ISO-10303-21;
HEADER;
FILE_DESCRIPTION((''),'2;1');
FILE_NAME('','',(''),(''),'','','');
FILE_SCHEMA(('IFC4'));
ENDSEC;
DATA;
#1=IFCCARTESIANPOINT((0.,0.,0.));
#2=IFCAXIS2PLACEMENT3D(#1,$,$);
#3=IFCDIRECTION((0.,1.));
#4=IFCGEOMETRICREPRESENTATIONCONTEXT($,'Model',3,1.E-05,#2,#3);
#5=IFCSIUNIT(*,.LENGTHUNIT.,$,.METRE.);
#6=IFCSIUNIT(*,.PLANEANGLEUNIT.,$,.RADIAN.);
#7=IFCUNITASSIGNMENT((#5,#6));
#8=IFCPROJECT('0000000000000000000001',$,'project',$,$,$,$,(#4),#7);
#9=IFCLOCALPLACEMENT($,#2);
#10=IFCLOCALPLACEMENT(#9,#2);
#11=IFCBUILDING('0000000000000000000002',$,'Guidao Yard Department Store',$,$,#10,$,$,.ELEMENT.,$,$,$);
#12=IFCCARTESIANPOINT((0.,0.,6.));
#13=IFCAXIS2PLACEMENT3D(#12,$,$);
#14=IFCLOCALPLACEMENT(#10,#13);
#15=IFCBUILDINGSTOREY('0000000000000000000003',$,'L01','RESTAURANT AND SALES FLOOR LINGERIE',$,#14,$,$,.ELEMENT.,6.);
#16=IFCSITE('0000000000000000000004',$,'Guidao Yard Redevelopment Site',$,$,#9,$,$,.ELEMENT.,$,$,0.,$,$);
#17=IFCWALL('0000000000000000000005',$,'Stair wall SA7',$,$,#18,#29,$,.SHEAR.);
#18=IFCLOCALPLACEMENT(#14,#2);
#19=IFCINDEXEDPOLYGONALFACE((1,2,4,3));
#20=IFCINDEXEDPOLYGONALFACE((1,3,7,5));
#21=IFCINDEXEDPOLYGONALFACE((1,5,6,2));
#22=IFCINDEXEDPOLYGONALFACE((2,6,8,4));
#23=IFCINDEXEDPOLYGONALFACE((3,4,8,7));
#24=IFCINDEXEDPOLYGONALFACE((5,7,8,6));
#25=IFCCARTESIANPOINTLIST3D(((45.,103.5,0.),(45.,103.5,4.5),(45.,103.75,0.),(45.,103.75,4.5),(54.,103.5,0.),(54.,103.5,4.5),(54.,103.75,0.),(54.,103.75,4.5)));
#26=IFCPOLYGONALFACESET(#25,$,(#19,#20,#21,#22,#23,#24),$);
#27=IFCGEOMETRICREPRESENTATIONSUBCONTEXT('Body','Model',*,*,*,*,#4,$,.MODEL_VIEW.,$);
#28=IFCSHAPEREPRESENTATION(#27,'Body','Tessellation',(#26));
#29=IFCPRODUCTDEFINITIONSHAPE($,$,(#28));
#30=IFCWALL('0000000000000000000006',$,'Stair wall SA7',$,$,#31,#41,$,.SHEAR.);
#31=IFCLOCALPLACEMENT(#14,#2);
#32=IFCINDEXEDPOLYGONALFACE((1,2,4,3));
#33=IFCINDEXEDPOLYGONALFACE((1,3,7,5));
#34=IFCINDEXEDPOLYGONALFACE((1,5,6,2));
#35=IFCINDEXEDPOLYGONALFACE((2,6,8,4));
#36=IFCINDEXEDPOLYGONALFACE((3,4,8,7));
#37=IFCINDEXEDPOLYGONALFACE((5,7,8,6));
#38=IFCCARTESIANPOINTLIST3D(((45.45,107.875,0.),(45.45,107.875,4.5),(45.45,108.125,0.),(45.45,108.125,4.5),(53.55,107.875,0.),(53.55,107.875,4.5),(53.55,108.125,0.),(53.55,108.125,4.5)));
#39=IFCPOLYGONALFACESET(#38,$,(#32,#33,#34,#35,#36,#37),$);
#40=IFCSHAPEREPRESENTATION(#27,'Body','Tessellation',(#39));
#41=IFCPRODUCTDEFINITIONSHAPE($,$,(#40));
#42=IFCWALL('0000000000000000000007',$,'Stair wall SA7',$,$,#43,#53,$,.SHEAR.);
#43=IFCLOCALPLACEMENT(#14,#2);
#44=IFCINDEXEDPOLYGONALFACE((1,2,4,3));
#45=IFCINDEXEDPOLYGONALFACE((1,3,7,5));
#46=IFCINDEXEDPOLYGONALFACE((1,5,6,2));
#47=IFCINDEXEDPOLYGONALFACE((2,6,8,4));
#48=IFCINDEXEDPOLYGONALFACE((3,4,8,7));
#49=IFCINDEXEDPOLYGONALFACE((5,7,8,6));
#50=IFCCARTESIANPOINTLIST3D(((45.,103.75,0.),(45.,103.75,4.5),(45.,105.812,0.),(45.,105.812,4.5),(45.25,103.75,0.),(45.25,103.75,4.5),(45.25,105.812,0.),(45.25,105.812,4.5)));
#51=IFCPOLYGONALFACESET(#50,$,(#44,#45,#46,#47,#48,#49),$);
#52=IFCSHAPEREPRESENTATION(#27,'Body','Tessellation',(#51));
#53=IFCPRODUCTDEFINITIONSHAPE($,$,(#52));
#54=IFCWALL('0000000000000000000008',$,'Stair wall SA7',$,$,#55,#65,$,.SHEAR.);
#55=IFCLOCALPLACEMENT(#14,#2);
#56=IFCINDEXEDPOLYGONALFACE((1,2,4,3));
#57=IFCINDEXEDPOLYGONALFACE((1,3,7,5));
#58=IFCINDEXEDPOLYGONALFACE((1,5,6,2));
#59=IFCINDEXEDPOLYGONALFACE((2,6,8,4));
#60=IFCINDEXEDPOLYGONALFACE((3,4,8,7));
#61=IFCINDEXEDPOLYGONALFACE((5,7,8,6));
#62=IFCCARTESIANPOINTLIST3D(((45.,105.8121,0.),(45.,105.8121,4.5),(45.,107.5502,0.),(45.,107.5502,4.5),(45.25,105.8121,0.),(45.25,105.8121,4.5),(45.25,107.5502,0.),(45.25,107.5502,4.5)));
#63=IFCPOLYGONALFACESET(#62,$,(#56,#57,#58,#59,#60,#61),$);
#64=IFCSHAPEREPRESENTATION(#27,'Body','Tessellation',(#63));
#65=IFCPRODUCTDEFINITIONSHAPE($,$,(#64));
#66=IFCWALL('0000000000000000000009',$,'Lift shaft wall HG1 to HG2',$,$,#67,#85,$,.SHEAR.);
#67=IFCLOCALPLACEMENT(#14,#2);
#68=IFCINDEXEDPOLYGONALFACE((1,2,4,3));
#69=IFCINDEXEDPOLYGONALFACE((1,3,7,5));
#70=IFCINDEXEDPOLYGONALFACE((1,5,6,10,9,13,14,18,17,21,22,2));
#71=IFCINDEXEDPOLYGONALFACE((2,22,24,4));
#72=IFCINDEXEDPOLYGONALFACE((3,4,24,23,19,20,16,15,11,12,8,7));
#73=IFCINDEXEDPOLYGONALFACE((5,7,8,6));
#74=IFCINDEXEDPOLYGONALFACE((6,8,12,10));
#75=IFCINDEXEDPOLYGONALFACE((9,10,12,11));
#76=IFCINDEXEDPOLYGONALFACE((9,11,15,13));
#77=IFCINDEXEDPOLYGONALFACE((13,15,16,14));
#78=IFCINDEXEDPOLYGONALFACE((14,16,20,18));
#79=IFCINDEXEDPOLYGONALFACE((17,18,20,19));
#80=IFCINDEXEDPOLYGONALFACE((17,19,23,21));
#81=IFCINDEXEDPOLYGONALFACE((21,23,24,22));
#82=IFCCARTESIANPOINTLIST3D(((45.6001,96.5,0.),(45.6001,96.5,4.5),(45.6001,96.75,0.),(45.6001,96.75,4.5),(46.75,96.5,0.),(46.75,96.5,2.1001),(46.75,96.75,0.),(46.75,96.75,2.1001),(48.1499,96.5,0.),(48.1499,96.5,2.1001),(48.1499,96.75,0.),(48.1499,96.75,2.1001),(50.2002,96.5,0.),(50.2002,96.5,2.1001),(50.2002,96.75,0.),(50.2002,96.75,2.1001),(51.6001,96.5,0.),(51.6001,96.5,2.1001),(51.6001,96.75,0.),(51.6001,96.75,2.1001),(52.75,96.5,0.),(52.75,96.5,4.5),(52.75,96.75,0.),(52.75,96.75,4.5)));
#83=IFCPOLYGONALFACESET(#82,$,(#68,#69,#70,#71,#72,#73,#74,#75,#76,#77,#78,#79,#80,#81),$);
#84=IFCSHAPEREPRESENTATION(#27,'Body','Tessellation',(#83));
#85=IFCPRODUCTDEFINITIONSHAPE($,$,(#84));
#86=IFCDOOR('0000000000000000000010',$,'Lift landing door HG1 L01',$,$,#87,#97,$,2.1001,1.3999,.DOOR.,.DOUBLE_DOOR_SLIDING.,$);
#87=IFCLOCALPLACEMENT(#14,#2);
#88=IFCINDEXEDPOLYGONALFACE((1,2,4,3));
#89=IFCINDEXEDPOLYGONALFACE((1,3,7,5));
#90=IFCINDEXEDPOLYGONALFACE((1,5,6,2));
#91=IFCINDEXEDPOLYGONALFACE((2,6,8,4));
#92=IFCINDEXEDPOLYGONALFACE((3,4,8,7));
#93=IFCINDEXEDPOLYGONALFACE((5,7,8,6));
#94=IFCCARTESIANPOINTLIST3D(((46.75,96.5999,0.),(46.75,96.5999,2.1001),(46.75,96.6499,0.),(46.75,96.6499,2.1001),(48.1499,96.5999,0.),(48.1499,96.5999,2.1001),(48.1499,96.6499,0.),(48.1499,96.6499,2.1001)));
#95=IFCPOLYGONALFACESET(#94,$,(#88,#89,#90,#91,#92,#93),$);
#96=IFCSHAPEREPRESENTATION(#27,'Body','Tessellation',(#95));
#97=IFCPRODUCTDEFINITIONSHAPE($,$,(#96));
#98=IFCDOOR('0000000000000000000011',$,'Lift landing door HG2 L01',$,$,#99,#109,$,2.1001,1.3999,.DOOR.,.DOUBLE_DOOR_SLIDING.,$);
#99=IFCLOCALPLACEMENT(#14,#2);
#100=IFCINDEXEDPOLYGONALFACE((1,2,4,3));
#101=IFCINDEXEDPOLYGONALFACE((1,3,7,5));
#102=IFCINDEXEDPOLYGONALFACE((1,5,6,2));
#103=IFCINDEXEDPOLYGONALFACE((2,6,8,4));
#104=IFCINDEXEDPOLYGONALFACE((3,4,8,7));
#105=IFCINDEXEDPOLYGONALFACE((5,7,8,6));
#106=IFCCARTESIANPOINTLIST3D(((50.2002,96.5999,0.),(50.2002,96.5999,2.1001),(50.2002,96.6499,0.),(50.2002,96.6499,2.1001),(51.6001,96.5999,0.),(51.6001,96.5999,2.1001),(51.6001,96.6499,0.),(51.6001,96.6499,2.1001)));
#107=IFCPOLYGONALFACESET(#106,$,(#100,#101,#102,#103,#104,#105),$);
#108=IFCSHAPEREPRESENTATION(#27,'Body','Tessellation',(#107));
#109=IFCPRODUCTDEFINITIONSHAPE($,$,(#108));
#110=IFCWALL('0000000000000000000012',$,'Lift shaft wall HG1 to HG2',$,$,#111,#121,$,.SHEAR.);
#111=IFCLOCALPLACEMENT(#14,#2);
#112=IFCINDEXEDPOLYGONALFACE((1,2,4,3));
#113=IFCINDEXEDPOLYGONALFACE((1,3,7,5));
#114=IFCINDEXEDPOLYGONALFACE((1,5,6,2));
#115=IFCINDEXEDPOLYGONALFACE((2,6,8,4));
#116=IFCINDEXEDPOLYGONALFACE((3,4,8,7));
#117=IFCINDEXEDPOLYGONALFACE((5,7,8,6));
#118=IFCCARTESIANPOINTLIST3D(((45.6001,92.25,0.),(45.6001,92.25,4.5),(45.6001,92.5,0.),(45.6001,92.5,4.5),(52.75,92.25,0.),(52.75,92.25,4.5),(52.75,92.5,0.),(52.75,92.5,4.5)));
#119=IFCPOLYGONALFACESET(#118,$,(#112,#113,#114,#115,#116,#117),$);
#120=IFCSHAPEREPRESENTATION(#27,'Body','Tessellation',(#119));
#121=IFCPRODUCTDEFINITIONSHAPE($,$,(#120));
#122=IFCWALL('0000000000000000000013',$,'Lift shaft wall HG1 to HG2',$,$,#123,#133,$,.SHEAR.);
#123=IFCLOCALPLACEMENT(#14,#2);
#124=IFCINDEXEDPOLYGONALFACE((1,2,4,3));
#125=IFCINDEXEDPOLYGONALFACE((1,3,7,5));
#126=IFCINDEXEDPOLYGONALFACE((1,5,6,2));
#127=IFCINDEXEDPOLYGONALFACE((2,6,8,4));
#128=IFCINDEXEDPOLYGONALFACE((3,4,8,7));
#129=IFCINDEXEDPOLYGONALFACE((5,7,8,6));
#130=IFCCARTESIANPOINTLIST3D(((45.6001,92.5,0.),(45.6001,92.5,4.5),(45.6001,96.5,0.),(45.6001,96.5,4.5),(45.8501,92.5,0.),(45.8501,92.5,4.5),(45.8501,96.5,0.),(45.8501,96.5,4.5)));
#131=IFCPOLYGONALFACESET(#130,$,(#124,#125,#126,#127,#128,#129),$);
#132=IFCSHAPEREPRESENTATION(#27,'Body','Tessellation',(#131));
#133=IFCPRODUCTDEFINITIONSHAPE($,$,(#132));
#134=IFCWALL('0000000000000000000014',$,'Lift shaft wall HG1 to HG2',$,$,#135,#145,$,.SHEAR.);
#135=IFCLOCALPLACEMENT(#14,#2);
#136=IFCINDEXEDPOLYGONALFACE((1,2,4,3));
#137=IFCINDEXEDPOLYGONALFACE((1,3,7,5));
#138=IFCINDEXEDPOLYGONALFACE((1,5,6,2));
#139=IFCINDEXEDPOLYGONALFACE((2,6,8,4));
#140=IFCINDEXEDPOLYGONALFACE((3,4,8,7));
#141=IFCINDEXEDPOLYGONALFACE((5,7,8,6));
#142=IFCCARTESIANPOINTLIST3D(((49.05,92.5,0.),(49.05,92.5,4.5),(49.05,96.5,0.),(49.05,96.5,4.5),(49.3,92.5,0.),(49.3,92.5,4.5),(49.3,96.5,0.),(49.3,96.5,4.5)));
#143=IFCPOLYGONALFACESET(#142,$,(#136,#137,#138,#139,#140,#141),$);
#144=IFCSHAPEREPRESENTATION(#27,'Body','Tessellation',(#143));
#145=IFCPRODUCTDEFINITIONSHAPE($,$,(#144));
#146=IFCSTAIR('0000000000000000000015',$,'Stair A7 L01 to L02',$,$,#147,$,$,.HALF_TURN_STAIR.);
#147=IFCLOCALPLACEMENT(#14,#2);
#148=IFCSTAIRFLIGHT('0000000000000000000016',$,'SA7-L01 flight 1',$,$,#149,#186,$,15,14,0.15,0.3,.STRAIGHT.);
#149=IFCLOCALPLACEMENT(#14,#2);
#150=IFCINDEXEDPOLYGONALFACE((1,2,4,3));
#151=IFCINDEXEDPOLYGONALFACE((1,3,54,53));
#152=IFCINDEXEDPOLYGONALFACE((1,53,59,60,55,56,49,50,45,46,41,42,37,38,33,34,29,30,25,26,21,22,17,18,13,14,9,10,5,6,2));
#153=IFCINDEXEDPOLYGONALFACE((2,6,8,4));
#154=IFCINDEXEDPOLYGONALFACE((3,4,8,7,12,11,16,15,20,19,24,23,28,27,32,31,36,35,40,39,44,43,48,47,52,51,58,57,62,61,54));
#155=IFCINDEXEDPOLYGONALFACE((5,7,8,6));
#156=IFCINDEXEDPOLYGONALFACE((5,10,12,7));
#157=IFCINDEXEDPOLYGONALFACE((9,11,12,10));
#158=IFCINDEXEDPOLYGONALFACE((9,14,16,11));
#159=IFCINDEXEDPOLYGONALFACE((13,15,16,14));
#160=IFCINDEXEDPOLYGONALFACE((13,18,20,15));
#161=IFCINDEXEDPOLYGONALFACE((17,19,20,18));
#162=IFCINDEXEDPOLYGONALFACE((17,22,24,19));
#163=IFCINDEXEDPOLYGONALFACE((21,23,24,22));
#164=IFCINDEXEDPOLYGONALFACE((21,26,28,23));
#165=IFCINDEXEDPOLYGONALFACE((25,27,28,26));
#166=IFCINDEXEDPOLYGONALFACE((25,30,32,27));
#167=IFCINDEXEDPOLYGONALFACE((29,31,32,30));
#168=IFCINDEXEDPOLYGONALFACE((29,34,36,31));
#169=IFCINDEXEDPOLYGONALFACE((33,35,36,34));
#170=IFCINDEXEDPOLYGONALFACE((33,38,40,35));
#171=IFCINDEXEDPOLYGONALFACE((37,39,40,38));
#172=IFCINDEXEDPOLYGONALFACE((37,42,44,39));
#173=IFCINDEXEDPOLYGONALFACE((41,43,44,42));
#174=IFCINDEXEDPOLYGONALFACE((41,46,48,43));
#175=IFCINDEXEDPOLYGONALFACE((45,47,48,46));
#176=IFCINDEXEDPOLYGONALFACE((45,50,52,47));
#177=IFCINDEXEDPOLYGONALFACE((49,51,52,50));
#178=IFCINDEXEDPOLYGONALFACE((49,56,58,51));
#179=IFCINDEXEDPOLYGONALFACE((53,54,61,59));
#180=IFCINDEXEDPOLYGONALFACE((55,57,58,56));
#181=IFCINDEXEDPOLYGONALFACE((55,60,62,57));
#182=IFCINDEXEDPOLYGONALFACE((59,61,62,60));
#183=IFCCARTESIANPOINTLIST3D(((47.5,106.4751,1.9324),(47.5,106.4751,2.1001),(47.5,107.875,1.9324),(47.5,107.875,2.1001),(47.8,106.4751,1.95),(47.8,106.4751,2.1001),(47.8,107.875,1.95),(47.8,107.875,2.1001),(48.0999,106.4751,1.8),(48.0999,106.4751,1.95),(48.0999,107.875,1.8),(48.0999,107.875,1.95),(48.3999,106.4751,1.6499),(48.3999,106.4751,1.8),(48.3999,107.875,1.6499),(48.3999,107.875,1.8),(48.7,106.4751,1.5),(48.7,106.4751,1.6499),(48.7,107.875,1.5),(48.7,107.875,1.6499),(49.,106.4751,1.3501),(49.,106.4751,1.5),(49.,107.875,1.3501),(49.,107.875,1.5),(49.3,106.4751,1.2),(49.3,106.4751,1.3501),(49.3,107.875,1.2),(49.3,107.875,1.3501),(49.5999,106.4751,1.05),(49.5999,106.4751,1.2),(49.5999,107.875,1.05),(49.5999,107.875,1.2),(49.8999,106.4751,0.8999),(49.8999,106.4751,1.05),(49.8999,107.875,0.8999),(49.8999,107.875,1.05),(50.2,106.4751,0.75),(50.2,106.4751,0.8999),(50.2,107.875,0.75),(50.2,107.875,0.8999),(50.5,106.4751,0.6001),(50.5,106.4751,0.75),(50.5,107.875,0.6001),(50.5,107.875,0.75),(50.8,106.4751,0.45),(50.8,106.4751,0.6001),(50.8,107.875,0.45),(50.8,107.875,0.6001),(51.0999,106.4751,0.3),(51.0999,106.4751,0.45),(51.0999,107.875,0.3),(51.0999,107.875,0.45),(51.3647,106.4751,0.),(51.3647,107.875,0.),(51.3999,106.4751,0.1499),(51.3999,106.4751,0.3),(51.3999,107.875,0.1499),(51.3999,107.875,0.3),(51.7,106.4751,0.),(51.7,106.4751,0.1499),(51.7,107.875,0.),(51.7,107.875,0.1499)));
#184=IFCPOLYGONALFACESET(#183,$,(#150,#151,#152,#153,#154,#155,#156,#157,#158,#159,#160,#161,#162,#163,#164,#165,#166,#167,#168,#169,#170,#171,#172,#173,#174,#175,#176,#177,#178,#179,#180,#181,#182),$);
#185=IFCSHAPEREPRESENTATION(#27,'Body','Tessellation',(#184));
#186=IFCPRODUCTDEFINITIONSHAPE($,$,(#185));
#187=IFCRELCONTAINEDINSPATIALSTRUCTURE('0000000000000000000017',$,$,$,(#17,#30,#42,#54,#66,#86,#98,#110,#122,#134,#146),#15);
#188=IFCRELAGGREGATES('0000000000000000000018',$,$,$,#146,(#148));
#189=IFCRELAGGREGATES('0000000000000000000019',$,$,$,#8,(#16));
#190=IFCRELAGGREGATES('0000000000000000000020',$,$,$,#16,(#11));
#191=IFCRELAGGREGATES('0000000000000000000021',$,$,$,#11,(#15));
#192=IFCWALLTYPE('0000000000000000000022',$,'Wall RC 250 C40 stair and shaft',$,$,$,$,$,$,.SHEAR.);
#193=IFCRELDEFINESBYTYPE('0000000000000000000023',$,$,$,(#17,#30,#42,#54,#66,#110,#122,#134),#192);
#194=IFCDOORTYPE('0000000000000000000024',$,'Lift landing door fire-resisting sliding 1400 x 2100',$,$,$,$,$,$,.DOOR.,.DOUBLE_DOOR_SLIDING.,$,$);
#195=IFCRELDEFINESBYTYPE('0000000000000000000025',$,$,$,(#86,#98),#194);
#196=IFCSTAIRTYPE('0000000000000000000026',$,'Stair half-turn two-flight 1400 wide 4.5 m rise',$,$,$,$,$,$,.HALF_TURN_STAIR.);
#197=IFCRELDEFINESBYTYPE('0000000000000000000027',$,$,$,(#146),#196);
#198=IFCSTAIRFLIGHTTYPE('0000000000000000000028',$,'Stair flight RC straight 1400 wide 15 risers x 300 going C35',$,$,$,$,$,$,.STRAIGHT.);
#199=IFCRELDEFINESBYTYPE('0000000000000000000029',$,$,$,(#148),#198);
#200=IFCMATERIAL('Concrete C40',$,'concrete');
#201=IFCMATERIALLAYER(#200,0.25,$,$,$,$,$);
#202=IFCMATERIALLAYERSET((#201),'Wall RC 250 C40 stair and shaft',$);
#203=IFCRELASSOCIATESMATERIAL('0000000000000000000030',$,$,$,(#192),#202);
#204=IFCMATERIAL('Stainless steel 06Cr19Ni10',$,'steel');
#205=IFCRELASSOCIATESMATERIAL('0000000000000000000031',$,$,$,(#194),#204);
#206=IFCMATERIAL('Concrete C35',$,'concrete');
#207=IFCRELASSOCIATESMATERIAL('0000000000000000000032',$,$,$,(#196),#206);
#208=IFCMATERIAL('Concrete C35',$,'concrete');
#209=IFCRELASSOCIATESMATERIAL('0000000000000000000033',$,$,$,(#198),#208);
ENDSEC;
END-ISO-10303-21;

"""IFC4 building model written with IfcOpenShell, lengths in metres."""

from ifc_helpers import new_model, si_unit, direction, frame, frame_2d, origin, place, context, subcontext, project, spatial, polyline, rectangle, outline, extrude, material, layer, layer_set, type_object, element, fill, aggregate, save


model = new_model("IFC4")

# Units and contexts
model_context = context("Model", 3, precision=1e-05, world=origin(), true_north=direction((0.0, 1.0)))
body_context = subcontext(model_context, "Body", "Model", "MODEL_VIEW")
ifc_project = project(units=[si_unit("LENGTHUNIT", "METRE"), si_unit("PLANEANGLEUNIT", "RADIAN")], contexts=[model_context])

# Site, building, storey
site_placement = place(None, origin())
site = spatial("IfcSite", under=ifc_project, at=site_placement, Name="Guidao Yard Redevelopment Site", CompositionType="ELEMENT", RefElevation=0.0)
building_placement = place(site_placement, origin())
building = spatial("IfcBuilding", under=site, at=building_placement, Name="Guidao Yard Department Store", CompositionType="ELEMENT")
storey_placement = place(building_placement, frame((0.0, 0.0, 6.0)))
storey = spatial("IfcBuildingStorey", under=building, at=storey_placement, Name="L01", Description="RESTAURANT AND SALES FLOOR LINGERIE", CompositionType="ELEMENT", Elevation=6.0)

# Walls
ifc_material_1 = material(Name="Concrete C40", Category="concrete")
ifc_layer_1 = layer(ifc_material_1, 0.25)
ifc_layer_set_1 = layer_set([ifc_layer_1], Name="Wall RC 250 C40 stair and shaft")
wall_type_1 = type_object("IfcWallType", Name="Wall RC 250 C40 stair and shaft", PredefinedType="SHEAR", material=ifc_layer_set_1)
wall_1_placement = place(storey_placement, frame((45.0, 103.625, 0.0), z_axis=(0.0, 0.0, 1.0), x_axis=(1.0, 0.0, 0.0)))
element("IfcWall", 1, at=wall_1_placement, inside=storey, type_object=wall_type_1, Name="Stair wall SA7", PredefinedType="SHEAR", context=body_context, shape_type="SweptSolid", body=[
    extrude(rectangle(XDim=9.0, YDim=0.25, at=frame_2d((4.5, 0.0))), origin(), (0.0, 0.0, 1.0), 4.5),
])
wall_2_placement = place(storey_placement, frame((45.45, 108.0, 0.0), z_axis=(0.0, 0.0, 1.0), x_axis=(1.0, 0.0, 0.0)))
element("IfcWall", 2, at=wall_2_placement, inside=storey, type_object=wall_type_1, Name="Stair wall SA7", PredefinedType="SHEAR", context=body_context, shape_type="SweptSolid", body=[
    extrude(rectangle(XDim=8.1001, YDim=0.25, at=frame_2d((4.05, 0.0))), origin(), (0.0, 0.0, 1.0), 4.5),
])
wall_3_placement = place(storey_placement, frame((45.125, 103.75, 0.0), z_axis=(0.0, 0.0, 1.0), x_axis=(0.0, 1.0, 0.0)))
element("IfcWall", 3, at=wall_3_placement, inside=storey, type_object=wall_type_1, Name="Stair wall SA7", PredefinedType="SHEAR", context=body_context, shape_type="SweptSolid", body=[
    extrude(rectangle(XDim=2.062, YDim=0.25, at=frame_2d((1.031, 0.0))), origin(), (0.0, 0.0, 1.0), 4.5),
])
wall_4_placement = place(storey_placement, frame((45.125, 105.812, 0.0), z_axis=(0.0, 0.0, 1.0), x_axis=(0.0, 1.0, 0.0)))
element("IfcWall", 4, at=wall_4_placement, inside=storey, type_object=wall_type_1, Name="Stair wall SA7", PredefinedType="SHEAR", context=body_context, shape_type="SweptSolid", body=[
    extrude(rectangle(XDim=1.738, YDim=0.25, at=frame_2d((0.8691, 0.0))), origin(), (0.0, 0.0, 1.0), 4.5),
])

# Wall, openings, doors
wall_5_placement = place(storey_placement, frame((45.6001, 96.625, 0.0), z_axis=(0.0, 0.0, 1.0), x_axis=(1.0, 0.0, 0.0)))
wall_5 = element("IfcWall", 5, at=wall_5_placement, inside=storey, type_object=wall_type_1, Name="Lift shaft wall HG1 to HG2", PredefinedType="SHEAR", context=body_context, shape_type="SweptSolid", body=[
    extrude(rectangle(XDim=7.1499, YDim=0.25, at=frame_2d((3.575, 0.0))), origin(), (0.0, 0.0, 1.0), 4.5),
])
opening_1_placement = place(wall_5_placement, frame((1.1499, 0.0, 0.0)))
opening_1 = element("IfcOpeningElement", 6, at=opening_1_placement, cuts=wall_5, PredefinedType="OPENING", context=body_context, shape_type="SweptSolid", body=[
    extrude(rectangle(XDim=1.3999, YDim=2.1001, at=frame_2d((0.7, 1.05))), frame((0.0, 0.135, 0.0), z_axis=(0.0, -1.0, 0.0), x_axis=(1.0, 0.0, 0.0)), (0.0, 0.0, 1.0), 0.27),
])
opening_2_placement = place(wall_5_placement, frame((4.6001, 0.0, 0.0)))
opening_2 = element("IfcOpeningElement", 7, at=opening_2_placement, cuts=wall_5, PredefinedType="OPENING", context=body_context, shape_type="SweptSolid", body=[
    extrude(rectangle(XDim=1.3999, YDim=2.1001, at=frame_2d((0.7, 1.05))), frame((0.0, 0.135, 0.0), z_axis=(0.0, -1.0, 0.0), x_axis=(1.0, 0.0, 0.0)), (0.0, 0.0, 1.0), 0.27),
])
ifc_material_2 = material(Name="Stainless steel 06Cr19Ni10", Category="steel")
door_type_1 = type_object("IfcDoorType", Name="Lift landing door fire-resisting sliding 1400 x 2100", OperationType="DOUBLE_DOOR_SLIDING", PredefinedType="DOOR", material=ifc_material_2)
door_1_placement = place(opening_1_placement, origin())
door_1 = element("IfcDoor", 8, at=door_1_placement, inside=storey, type_object=door_type_1, Name="Lift landing door HG1 L01", OperationType="DOUBLE_DOOR_SLIDING", OverallHeight=2.1001, OverallWidth=1.3999, PredefinedType="DOOR", context=body_context, shape_type="SweptSolid", body=[
    extrude(rectangle(XDim=1.3999, YDim=2.1001, at=frame_2d((0.7, 1.05))), frame((0.0, 0.0249, 0.0), z_axis=(0.0, -1.0, 0.0), x_axis=(1.0, 0.0, 0.0)), (0.0, 0.0, 1.0), 0.05),
])
fill(opening_1, door_1)
door_2_placement = place(opening_2_placement, origin())
door_2 = element("IfcDoor", 9, at=door_2_placement, inside=storey, type_object=door_type_1, Name="Lift landing door HG2 L01", OperationType="DOUBLE_DOOR_SLIDING", OverallHeight=2.1001, OverallWidth=1.3999, PredefinedType="DOOR", context=body_context, shape_type="SweptSolid", body=[
    extrude(rectangle(XDim=1.3999, YDim=2.1001, at=frame_2d((0.7, 1.05))), frame((0.0, 0.0249, 0.0), z_axis=(0.0, -1.0, 0.0), x_axis=(1.0, 0.0, 0.0)), (0.0, 0.0, 1.0), 0.05),
])
fill(opening_2, door_2)

# Walls
wall_6_placement = place(storey_placement, frame((45.6001, 92.375, 0.0), z_axis=(0.0, 0.0, 1.0), x_axis=(1.0, 0.0, 0.0)))
element("IfcWall", 10, at=wall_6_placement, inside=storey, type_object=wall_type_1, Name="Lift shaft wall HG1 to HG2", PredefinedType="SHEAR", context=body_context, shape_type="SweptSolid", body=[
    extrude(rectangle(XDim=7.1499, YDim=0.25, at=frame_2d((3.575, 0.0))), origin(), (0.0, 0.0, 1.0), 4.5),
])
for number, where, z_axis, x_axis, name in (
    (11, (45.7251, 92.5, 0.0), (0.0, 0.0, 1.0), (0.0, 1.0, 0.0), "Lift shaft wall HG1 to HG2"),
    (12, (49.175, 92.5, 0.0), (0.0, 0.0, 1.0), (0.0, 1.0, 0.0), "Lift shaft wall HG1 to HG2"),
):
    element("IfcWall", number, at=place(storey_placement, frame(where, z_axis=z_axis, x_axis=x_axis)), inside=storey, type_object=wall_type_1, Name=name, PredefinedType="SHEAR", context=body_context, shape_type="SweptSolid", body=[
        extrude(rectangle(XDim=4.0, YDim=0.25, at=frame_2d((2.0, 0.0))), origin(), (0.0, 0.0, 1.0), 4.5),
    ])

# Stair, stair flight
ifc_material_3 = material(Name="Concrete C35", Category="concrete")
stair_type = type_object("IfcStairType", Name="Stair half-turn two-flight 1400 wide 4.5 m rise", PredefinedType="HALF_TURN_STAIR", material=ifc_material_3)
stair_placement = place(storey_placement, origin())
stair = element("IfcStair", 13, at=stair_placement, inside=storey, type_object=stair_type, Name="Stair A7 L01 to L02", PredefinedType="HALF_TURN_STAIR")
ifc_material_4 = material(Name="Concrete C35", Category="concrete")
stair_flight_type = type_object("IfcStairFlightType", Name="Stair flight RC straight 1400 wide 15 risers x 300 going C35", PredefinedType="STRAIGHT", material=ifc_material_4)
stair_flight_1_placement = place(storey_placement, frame((51.7, 107.175, 0.0), z_axis=(0.0, 0.0, 1.0), x_axis=(-1.0, 0.0, 0.0)))
stair_flight_1 = element("IfcStairFlight", 14, at=stair_flight_1_placement, type_object=stair_flight_type, Name="SA7-L01 flight 1", NumberOfRisers=15, NumberOfTreads=14, PredefinedType="STRAIGHT", RiserHeight=0.15, TreadLength=0.3, context=body_context, shape_type="SweptSolid", body=[
    extrude(outline(polyline([(0.0, 0.0), (0.0, 0.1499), (0.3, 0.1499), (0.3, 0.3), (0.6001, 0.3), (0.6001, 0.45), (0.8999, 0.45), (0.8999, 0.6001), (1.2, 0.6001), (1.2, 0.75), (1.5, 0.75), (1.5, 0.8999), (1.8, 0.8999), (1.8, 1.05), (2.1001, 1.05), (2.1001, 1.2), (2.3999, 1.2), (2.3999, 1.3501), (2.7, 1.3501), (2.7, 1.5), (3.0, 1.5), (3.0, 1.6499), (3.3, 1.6499), (3.3, 1.8), (3.6001, 1.8), (3.6001, 1.95), (3.8999, 1.95), (3.8999, 2.1001), (4.2, 2.1001), (4.2, 2.25), (4.2, 1.9324), (0.3352, 0.0), (0.0, 0.0)])), frame((0.0, 0.7, 0.0), z_axis=(0.0, -1.0, 0.0), x_axis=(1.0, 0.0, 0.0)), (0.0, 0.0, 1.0), 1.3999),
])
aggregate(stair, [stair_flight_1])

save(model, "model.ifc")
